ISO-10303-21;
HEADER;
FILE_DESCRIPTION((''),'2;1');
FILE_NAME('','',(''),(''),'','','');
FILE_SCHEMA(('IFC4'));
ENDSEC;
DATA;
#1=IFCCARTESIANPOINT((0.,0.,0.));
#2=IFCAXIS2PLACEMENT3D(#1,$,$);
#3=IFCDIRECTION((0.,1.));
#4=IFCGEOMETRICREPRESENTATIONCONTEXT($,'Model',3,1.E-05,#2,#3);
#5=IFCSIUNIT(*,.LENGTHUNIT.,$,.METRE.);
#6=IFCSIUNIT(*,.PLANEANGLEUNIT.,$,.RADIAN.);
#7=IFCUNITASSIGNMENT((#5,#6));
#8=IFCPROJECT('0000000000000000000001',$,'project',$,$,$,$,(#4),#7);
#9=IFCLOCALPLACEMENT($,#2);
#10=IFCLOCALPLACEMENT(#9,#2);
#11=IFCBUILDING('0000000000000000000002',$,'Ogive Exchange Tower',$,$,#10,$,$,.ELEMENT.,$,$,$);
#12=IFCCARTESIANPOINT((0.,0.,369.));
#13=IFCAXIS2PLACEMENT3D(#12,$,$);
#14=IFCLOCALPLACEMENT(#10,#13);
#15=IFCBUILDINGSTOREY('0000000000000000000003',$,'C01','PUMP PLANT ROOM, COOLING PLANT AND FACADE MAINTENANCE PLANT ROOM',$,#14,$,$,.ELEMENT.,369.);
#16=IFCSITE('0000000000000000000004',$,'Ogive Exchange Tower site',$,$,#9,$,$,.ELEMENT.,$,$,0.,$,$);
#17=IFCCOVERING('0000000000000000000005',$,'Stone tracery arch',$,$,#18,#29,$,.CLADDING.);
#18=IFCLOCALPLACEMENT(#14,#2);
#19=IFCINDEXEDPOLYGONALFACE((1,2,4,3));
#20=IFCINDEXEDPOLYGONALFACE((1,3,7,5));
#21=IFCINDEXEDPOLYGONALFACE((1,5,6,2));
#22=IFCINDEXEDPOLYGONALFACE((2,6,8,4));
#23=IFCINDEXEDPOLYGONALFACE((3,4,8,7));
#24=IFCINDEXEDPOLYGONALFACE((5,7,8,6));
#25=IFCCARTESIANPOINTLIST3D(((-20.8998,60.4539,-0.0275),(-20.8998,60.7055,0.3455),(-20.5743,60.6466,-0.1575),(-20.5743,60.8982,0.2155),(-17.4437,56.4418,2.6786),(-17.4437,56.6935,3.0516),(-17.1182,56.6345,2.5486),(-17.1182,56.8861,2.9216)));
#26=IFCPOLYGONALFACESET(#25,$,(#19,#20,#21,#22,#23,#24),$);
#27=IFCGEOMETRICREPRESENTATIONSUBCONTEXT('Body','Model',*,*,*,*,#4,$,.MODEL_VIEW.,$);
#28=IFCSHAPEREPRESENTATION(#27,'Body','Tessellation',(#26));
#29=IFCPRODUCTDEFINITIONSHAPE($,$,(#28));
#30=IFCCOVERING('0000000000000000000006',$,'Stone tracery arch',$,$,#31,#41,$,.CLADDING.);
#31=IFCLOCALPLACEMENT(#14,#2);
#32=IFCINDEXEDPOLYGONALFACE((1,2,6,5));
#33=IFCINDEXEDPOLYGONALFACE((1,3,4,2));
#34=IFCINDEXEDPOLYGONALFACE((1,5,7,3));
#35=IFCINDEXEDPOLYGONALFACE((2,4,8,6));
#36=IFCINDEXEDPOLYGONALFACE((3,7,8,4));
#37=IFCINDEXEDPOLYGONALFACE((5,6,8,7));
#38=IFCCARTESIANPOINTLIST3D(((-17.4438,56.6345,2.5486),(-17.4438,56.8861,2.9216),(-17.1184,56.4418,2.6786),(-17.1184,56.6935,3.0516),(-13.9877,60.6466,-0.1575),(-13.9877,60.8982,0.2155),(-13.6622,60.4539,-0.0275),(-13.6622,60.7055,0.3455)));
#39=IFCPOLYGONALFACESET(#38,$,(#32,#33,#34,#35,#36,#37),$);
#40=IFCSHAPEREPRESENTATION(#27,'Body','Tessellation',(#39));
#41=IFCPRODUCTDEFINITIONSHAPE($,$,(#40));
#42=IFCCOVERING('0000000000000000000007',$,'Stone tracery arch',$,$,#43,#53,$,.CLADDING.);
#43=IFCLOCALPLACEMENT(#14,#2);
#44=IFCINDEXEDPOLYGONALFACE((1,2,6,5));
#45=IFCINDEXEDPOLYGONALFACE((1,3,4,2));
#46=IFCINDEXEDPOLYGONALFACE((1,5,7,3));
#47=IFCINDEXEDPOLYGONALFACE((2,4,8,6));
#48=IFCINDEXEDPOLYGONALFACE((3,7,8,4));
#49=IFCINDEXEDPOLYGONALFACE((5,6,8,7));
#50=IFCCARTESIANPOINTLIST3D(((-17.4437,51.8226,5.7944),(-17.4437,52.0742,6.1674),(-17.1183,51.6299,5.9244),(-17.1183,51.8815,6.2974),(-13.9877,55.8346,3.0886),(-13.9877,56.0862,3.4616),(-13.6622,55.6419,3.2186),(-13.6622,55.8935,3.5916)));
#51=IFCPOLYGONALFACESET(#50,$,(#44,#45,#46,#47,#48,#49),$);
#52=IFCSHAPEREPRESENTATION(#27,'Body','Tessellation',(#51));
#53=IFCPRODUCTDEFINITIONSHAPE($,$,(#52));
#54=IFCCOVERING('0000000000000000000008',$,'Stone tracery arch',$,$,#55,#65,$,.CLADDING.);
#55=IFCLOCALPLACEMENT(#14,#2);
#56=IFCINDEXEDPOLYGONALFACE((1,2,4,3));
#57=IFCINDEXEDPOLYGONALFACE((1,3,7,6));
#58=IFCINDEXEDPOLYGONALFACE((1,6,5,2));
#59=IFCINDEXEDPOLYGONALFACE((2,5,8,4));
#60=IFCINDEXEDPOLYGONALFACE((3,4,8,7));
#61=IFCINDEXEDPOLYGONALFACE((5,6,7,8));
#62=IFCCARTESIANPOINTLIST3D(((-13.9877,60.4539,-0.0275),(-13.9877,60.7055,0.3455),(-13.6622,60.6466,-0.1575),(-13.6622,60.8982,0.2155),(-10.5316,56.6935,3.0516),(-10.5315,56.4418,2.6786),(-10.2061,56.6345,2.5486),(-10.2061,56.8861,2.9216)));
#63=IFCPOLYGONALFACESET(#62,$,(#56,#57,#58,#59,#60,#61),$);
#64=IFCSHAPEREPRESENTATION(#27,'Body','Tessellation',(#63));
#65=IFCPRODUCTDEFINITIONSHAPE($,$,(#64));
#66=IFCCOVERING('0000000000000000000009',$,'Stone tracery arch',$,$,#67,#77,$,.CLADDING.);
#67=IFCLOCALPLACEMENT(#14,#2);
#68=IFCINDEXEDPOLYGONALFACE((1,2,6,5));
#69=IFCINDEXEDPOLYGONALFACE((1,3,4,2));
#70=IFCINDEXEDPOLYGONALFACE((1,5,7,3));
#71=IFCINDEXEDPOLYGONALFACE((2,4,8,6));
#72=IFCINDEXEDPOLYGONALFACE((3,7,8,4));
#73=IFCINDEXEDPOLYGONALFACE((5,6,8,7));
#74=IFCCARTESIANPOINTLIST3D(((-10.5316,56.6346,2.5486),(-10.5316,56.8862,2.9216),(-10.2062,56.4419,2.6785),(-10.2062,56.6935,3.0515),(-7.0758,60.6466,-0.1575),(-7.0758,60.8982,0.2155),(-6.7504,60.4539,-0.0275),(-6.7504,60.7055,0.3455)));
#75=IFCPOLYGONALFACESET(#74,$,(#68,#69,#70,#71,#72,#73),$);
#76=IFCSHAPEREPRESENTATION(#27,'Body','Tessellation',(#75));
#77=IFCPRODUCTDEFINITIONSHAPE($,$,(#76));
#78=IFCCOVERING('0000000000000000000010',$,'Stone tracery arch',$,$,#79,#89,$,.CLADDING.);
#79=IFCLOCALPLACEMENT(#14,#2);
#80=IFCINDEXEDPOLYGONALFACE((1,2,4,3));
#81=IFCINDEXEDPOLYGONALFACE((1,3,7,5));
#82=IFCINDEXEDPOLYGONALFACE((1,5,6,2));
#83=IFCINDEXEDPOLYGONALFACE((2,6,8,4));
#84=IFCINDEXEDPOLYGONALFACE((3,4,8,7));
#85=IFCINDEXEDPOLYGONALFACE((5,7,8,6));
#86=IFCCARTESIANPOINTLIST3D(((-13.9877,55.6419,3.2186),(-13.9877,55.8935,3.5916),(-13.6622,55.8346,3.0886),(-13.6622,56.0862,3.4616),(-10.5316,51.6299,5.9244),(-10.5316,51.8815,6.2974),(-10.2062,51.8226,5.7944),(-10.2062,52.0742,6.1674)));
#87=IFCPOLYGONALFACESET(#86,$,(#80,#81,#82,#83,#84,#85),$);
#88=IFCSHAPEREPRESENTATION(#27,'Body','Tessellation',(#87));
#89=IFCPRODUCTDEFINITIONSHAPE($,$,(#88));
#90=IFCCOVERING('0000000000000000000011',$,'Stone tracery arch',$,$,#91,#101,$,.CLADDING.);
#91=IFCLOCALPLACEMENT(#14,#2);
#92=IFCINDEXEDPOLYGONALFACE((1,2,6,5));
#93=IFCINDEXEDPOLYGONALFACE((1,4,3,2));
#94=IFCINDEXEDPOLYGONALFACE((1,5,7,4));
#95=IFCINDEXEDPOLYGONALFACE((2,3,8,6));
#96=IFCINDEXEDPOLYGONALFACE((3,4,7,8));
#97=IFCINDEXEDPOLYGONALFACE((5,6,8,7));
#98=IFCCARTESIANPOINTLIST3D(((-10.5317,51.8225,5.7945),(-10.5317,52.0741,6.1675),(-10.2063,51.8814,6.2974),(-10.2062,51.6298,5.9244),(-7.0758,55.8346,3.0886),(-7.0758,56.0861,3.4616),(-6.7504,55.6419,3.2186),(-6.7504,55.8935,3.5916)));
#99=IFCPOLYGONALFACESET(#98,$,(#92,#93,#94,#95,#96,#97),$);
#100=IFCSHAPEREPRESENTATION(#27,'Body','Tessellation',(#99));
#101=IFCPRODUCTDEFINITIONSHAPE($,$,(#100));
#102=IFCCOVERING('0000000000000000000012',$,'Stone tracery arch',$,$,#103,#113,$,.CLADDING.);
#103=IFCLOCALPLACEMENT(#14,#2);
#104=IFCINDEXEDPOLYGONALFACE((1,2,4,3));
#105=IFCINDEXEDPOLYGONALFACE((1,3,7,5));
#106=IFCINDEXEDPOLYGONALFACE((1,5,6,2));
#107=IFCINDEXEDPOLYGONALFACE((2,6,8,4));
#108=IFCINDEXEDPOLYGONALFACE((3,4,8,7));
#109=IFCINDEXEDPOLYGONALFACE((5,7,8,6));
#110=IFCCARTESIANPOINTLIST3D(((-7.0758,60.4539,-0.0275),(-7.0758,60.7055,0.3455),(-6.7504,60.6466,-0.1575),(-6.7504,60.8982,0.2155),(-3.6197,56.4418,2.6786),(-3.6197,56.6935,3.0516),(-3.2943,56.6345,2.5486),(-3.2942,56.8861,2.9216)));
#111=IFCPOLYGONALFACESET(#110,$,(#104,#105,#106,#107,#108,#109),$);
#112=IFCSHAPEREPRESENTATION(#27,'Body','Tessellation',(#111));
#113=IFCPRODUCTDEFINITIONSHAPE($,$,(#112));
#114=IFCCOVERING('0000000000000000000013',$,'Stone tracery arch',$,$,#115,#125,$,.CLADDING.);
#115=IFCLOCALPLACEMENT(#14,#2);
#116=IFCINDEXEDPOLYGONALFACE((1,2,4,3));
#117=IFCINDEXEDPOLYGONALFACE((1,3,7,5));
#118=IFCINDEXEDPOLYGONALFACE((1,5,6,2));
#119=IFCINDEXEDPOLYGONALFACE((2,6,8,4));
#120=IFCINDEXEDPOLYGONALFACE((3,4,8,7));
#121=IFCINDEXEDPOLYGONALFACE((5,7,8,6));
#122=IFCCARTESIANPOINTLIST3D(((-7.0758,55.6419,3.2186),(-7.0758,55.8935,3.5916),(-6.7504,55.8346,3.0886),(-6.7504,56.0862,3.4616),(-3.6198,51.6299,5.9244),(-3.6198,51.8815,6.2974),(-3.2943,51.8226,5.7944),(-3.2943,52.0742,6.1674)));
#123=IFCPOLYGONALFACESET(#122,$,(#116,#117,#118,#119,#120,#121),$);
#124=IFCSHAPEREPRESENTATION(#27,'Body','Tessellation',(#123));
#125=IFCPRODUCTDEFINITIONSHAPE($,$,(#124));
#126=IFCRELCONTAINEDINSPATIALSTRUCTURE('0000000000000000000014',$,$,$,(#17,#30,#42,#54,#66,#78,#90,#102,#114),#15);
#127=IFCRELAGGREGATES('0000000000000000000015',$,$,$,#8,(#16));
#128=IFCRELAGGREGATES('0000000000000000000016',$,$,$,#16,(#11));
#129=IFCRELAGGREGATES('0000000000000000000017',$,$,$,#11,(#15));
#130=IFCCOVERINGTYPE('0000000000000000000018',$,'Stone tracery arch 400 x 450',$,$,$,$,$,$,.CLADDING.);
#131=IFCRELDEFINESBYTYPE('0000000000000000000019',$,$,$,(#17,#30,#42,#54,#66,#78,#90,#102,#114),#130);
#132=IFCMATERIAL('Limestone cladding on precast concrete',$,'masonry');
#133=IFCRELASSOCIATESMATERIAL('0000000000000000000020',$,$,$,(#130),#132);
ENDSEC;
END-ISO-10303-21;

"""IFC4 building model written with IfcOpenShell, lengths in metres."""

from ifc_helpers import new_model, si_unit, direction, frame, origin, origin_2d, place, context, subcontext, project, spatial, rectangle, extrude, material, material_profile, profile_set, type_object, element, save


model = new_model("IFC4")

# Units and contexts
model_context = context("Model", 3, precision=1e-05, world=origin(), true_north=direction((0.0, 1.0)))
body_context = subcontext(model_context, "Body", "Model", "MODEL_VIEW")
ifc_project = project(units=[si_unit("LENGTHUNIT", "METRE"), si_unit("PLANEANGLEUNIT", "RADIAN")], contexts=[model_context])

# Site, building, storey
site_placement = place(None, origin())
site = spatial("IfcSite", under=ifc_project, at=site_placement, Name="Ogive Exchange Tower site", CompositionType="ELEMENT", RefElevation=0.0)
building_placement = place(site_placement, origin())
building = spatial("IfcBuilding", under=site, at=building_placement, Name="Ogive Exchange Tower", CompositionType="ELEMENT")
storey_placement = place(building_placement, frame((0.0, 0.0, 369.0)))
storey = spatial("IfcBuildingStorey", under=building, at=storey_placement, Name="C01", Description="PUMP PLANT ROOM, COOLING PLANT AND FACADE MAINTENANCE PLANT ROOM", CompositionType="ELEMENT", Elevation=369.0)

# Coverings
ifc_material_1 = material(Name="Limestone cladding on precast concrete", Category="masonry")
ifc_material_profile_1 = material_profile(ifc_material_1, rectangle(XDim=0.3999, YDim=0.45, at=origin_2d()), Name="TRACERY 400 x 450")
ifc_profile_set_1 = profile_set([ifc_material_profile_1], Name="Limestone cladding on precast concrete")
covering_type_1 = type_object("IfcCoveringType", Name="Stone tracery arch 400 x 450", PredefinedType="CLADDING", material=ifc_profile_set_1)
for number, where, z_axis, x_axis, name in (
    (1, (-20.7371, 60.676, 0.094), (0.581175, -0.674657, 0.455054), (0.813779, 0.48182, -0.324982), "Stone tracery arch"),
    (2, (-13.825, 60.676, 0.094), (-0.581175, -0.674657, 0.455054), (0.813779, -0.48182, 0.324982), "Stone tracery arch"),
):
    element("IfcCovering", number, at=place(storey_placement, frame(where, z_axis=z_axis, x_axis=x_axis)), inside=storey, type_object=covering_type_1, Name=name, PredefinedType="CLADDING", context=body_context, shape_type="SweptSolid", body=[
        extrude(rectangle(XDim=0.3999, YDim=0.45, at=origin_2d()), origin(), (0.0, 0.0, 1.0), 5.9468),
    ])
covering_1_placement = place(storey_placement, frame((-13.825, 55.864, 3.3401), z_axis=(-0.581186, -0.67467, 0.455021), x_axis=(0.813771, -0.481829, 0.324988)))
element("IfcCovering", 3, at=covering_1_placement, inside=storey, type_object=covering_type_1, Name="Stone tracery arch", PredefinedType="CLADDING", context=body_context, shape_type="SweptSolid", body=[
    extrude(rectangle(XDim=0.3999, YDim=0.45, at=origin_2d()), origin(), (0.0, 0.0, 1.0), 5.9465),
])
covering_2_placement = place(storey_placement, frame((-13.825, 60.676, 0.094), z_axis=(0.581175, -0.674657, 0.455054), x_axis=(0.813779, 0.48182, -0.324982)))
element("IfcCovering", 4, at=covering_2_placement, inside=storey, type_object=covering_type_1, Name="Stone tracery arch", PredefinedType="CLADDING", context=body_context, shape_type="SweptSolid", body=[
    extrude(rectangle(XDim=0.3999, YDim=0.45, at=origin_2d()), origin(), (0.0, 0.0, 1.0), 5.9468),
])
for number, where, z_axis, x_axis, name in (
    (5, (-6.9131, 60.676, 0.094), (-0.581148, -0.674673, 0.455065), (0.813798, -0.481789, 0.32498), "Stone tracery arch"),
    (6, (-13.825, 55.864, 3.3401), (0.581186, -0.67467, 0.455021), (0.813771, 0.481829, -0.324988), "Stone tracery arch"),
    (7, (-6.9131, 55.864, 3.3401), (-0.581158, -0.674686, 0.455032), (0.81379, -0.481798, 0.324986), "Stone tracery arch"),
):
    element("IfcCovering", number, at=place(storey_placement, frame(where, z_axis=z_axis, x_axis=x_axis)), inside=storey, type_object=covering_type_1, Name=name, PredefinedType="CLADDING", context=body_context, shape_type="SweptSolid", body=[
        extrude(rectangle(XDim=0.3999, YDim=0.45, at=origin_2d()), origin(), (0.0, 0.0, 1.0), 5.9465),
    ])
covering_3_placement = place(storey_placement, frame((-6.9131, 60.676, 0.094), z_axis=(0.581175, -0.674657, 0.455054), x_axis=(0.813779, 0.481801, -0.325011)))
element("IfcCovering", 8, at=covering_3_placement, inside=storey, type_object=covering_type_1, Name="Stone tracery arch", PredefinedType="CLADDING", context=body_context, shape_type="SweptSolid", body=[
    extrude(rectangle(XDim=0.3999, YDim=0.45, at=origin_2d()), origin(), (0.0, 0.0, 1.0), 5.9468),
])
covering_4_placement = place(storey_placement, frame((-6.9131, 55.864, 3.3401), z_axis=(0.581186, -0.67467, 0.455021), x_axis=(0.813771, 0.48181, -0.325017)))
element("IfcCovering", 9, at=covering_4_placement, inside=storey, type_object=covering_type_1, Name="Stone tracery arch", PredefinedType="CLADDING", context=body_context, shape_type="SweptSolid", body=[
    extrude(rectangle(XDim=0.3999, YDim=0.45, at=origin_2d()), origin(), (0.0, 0.0, 1.0), 5.9465),
])

save(model, "model.ifc")
